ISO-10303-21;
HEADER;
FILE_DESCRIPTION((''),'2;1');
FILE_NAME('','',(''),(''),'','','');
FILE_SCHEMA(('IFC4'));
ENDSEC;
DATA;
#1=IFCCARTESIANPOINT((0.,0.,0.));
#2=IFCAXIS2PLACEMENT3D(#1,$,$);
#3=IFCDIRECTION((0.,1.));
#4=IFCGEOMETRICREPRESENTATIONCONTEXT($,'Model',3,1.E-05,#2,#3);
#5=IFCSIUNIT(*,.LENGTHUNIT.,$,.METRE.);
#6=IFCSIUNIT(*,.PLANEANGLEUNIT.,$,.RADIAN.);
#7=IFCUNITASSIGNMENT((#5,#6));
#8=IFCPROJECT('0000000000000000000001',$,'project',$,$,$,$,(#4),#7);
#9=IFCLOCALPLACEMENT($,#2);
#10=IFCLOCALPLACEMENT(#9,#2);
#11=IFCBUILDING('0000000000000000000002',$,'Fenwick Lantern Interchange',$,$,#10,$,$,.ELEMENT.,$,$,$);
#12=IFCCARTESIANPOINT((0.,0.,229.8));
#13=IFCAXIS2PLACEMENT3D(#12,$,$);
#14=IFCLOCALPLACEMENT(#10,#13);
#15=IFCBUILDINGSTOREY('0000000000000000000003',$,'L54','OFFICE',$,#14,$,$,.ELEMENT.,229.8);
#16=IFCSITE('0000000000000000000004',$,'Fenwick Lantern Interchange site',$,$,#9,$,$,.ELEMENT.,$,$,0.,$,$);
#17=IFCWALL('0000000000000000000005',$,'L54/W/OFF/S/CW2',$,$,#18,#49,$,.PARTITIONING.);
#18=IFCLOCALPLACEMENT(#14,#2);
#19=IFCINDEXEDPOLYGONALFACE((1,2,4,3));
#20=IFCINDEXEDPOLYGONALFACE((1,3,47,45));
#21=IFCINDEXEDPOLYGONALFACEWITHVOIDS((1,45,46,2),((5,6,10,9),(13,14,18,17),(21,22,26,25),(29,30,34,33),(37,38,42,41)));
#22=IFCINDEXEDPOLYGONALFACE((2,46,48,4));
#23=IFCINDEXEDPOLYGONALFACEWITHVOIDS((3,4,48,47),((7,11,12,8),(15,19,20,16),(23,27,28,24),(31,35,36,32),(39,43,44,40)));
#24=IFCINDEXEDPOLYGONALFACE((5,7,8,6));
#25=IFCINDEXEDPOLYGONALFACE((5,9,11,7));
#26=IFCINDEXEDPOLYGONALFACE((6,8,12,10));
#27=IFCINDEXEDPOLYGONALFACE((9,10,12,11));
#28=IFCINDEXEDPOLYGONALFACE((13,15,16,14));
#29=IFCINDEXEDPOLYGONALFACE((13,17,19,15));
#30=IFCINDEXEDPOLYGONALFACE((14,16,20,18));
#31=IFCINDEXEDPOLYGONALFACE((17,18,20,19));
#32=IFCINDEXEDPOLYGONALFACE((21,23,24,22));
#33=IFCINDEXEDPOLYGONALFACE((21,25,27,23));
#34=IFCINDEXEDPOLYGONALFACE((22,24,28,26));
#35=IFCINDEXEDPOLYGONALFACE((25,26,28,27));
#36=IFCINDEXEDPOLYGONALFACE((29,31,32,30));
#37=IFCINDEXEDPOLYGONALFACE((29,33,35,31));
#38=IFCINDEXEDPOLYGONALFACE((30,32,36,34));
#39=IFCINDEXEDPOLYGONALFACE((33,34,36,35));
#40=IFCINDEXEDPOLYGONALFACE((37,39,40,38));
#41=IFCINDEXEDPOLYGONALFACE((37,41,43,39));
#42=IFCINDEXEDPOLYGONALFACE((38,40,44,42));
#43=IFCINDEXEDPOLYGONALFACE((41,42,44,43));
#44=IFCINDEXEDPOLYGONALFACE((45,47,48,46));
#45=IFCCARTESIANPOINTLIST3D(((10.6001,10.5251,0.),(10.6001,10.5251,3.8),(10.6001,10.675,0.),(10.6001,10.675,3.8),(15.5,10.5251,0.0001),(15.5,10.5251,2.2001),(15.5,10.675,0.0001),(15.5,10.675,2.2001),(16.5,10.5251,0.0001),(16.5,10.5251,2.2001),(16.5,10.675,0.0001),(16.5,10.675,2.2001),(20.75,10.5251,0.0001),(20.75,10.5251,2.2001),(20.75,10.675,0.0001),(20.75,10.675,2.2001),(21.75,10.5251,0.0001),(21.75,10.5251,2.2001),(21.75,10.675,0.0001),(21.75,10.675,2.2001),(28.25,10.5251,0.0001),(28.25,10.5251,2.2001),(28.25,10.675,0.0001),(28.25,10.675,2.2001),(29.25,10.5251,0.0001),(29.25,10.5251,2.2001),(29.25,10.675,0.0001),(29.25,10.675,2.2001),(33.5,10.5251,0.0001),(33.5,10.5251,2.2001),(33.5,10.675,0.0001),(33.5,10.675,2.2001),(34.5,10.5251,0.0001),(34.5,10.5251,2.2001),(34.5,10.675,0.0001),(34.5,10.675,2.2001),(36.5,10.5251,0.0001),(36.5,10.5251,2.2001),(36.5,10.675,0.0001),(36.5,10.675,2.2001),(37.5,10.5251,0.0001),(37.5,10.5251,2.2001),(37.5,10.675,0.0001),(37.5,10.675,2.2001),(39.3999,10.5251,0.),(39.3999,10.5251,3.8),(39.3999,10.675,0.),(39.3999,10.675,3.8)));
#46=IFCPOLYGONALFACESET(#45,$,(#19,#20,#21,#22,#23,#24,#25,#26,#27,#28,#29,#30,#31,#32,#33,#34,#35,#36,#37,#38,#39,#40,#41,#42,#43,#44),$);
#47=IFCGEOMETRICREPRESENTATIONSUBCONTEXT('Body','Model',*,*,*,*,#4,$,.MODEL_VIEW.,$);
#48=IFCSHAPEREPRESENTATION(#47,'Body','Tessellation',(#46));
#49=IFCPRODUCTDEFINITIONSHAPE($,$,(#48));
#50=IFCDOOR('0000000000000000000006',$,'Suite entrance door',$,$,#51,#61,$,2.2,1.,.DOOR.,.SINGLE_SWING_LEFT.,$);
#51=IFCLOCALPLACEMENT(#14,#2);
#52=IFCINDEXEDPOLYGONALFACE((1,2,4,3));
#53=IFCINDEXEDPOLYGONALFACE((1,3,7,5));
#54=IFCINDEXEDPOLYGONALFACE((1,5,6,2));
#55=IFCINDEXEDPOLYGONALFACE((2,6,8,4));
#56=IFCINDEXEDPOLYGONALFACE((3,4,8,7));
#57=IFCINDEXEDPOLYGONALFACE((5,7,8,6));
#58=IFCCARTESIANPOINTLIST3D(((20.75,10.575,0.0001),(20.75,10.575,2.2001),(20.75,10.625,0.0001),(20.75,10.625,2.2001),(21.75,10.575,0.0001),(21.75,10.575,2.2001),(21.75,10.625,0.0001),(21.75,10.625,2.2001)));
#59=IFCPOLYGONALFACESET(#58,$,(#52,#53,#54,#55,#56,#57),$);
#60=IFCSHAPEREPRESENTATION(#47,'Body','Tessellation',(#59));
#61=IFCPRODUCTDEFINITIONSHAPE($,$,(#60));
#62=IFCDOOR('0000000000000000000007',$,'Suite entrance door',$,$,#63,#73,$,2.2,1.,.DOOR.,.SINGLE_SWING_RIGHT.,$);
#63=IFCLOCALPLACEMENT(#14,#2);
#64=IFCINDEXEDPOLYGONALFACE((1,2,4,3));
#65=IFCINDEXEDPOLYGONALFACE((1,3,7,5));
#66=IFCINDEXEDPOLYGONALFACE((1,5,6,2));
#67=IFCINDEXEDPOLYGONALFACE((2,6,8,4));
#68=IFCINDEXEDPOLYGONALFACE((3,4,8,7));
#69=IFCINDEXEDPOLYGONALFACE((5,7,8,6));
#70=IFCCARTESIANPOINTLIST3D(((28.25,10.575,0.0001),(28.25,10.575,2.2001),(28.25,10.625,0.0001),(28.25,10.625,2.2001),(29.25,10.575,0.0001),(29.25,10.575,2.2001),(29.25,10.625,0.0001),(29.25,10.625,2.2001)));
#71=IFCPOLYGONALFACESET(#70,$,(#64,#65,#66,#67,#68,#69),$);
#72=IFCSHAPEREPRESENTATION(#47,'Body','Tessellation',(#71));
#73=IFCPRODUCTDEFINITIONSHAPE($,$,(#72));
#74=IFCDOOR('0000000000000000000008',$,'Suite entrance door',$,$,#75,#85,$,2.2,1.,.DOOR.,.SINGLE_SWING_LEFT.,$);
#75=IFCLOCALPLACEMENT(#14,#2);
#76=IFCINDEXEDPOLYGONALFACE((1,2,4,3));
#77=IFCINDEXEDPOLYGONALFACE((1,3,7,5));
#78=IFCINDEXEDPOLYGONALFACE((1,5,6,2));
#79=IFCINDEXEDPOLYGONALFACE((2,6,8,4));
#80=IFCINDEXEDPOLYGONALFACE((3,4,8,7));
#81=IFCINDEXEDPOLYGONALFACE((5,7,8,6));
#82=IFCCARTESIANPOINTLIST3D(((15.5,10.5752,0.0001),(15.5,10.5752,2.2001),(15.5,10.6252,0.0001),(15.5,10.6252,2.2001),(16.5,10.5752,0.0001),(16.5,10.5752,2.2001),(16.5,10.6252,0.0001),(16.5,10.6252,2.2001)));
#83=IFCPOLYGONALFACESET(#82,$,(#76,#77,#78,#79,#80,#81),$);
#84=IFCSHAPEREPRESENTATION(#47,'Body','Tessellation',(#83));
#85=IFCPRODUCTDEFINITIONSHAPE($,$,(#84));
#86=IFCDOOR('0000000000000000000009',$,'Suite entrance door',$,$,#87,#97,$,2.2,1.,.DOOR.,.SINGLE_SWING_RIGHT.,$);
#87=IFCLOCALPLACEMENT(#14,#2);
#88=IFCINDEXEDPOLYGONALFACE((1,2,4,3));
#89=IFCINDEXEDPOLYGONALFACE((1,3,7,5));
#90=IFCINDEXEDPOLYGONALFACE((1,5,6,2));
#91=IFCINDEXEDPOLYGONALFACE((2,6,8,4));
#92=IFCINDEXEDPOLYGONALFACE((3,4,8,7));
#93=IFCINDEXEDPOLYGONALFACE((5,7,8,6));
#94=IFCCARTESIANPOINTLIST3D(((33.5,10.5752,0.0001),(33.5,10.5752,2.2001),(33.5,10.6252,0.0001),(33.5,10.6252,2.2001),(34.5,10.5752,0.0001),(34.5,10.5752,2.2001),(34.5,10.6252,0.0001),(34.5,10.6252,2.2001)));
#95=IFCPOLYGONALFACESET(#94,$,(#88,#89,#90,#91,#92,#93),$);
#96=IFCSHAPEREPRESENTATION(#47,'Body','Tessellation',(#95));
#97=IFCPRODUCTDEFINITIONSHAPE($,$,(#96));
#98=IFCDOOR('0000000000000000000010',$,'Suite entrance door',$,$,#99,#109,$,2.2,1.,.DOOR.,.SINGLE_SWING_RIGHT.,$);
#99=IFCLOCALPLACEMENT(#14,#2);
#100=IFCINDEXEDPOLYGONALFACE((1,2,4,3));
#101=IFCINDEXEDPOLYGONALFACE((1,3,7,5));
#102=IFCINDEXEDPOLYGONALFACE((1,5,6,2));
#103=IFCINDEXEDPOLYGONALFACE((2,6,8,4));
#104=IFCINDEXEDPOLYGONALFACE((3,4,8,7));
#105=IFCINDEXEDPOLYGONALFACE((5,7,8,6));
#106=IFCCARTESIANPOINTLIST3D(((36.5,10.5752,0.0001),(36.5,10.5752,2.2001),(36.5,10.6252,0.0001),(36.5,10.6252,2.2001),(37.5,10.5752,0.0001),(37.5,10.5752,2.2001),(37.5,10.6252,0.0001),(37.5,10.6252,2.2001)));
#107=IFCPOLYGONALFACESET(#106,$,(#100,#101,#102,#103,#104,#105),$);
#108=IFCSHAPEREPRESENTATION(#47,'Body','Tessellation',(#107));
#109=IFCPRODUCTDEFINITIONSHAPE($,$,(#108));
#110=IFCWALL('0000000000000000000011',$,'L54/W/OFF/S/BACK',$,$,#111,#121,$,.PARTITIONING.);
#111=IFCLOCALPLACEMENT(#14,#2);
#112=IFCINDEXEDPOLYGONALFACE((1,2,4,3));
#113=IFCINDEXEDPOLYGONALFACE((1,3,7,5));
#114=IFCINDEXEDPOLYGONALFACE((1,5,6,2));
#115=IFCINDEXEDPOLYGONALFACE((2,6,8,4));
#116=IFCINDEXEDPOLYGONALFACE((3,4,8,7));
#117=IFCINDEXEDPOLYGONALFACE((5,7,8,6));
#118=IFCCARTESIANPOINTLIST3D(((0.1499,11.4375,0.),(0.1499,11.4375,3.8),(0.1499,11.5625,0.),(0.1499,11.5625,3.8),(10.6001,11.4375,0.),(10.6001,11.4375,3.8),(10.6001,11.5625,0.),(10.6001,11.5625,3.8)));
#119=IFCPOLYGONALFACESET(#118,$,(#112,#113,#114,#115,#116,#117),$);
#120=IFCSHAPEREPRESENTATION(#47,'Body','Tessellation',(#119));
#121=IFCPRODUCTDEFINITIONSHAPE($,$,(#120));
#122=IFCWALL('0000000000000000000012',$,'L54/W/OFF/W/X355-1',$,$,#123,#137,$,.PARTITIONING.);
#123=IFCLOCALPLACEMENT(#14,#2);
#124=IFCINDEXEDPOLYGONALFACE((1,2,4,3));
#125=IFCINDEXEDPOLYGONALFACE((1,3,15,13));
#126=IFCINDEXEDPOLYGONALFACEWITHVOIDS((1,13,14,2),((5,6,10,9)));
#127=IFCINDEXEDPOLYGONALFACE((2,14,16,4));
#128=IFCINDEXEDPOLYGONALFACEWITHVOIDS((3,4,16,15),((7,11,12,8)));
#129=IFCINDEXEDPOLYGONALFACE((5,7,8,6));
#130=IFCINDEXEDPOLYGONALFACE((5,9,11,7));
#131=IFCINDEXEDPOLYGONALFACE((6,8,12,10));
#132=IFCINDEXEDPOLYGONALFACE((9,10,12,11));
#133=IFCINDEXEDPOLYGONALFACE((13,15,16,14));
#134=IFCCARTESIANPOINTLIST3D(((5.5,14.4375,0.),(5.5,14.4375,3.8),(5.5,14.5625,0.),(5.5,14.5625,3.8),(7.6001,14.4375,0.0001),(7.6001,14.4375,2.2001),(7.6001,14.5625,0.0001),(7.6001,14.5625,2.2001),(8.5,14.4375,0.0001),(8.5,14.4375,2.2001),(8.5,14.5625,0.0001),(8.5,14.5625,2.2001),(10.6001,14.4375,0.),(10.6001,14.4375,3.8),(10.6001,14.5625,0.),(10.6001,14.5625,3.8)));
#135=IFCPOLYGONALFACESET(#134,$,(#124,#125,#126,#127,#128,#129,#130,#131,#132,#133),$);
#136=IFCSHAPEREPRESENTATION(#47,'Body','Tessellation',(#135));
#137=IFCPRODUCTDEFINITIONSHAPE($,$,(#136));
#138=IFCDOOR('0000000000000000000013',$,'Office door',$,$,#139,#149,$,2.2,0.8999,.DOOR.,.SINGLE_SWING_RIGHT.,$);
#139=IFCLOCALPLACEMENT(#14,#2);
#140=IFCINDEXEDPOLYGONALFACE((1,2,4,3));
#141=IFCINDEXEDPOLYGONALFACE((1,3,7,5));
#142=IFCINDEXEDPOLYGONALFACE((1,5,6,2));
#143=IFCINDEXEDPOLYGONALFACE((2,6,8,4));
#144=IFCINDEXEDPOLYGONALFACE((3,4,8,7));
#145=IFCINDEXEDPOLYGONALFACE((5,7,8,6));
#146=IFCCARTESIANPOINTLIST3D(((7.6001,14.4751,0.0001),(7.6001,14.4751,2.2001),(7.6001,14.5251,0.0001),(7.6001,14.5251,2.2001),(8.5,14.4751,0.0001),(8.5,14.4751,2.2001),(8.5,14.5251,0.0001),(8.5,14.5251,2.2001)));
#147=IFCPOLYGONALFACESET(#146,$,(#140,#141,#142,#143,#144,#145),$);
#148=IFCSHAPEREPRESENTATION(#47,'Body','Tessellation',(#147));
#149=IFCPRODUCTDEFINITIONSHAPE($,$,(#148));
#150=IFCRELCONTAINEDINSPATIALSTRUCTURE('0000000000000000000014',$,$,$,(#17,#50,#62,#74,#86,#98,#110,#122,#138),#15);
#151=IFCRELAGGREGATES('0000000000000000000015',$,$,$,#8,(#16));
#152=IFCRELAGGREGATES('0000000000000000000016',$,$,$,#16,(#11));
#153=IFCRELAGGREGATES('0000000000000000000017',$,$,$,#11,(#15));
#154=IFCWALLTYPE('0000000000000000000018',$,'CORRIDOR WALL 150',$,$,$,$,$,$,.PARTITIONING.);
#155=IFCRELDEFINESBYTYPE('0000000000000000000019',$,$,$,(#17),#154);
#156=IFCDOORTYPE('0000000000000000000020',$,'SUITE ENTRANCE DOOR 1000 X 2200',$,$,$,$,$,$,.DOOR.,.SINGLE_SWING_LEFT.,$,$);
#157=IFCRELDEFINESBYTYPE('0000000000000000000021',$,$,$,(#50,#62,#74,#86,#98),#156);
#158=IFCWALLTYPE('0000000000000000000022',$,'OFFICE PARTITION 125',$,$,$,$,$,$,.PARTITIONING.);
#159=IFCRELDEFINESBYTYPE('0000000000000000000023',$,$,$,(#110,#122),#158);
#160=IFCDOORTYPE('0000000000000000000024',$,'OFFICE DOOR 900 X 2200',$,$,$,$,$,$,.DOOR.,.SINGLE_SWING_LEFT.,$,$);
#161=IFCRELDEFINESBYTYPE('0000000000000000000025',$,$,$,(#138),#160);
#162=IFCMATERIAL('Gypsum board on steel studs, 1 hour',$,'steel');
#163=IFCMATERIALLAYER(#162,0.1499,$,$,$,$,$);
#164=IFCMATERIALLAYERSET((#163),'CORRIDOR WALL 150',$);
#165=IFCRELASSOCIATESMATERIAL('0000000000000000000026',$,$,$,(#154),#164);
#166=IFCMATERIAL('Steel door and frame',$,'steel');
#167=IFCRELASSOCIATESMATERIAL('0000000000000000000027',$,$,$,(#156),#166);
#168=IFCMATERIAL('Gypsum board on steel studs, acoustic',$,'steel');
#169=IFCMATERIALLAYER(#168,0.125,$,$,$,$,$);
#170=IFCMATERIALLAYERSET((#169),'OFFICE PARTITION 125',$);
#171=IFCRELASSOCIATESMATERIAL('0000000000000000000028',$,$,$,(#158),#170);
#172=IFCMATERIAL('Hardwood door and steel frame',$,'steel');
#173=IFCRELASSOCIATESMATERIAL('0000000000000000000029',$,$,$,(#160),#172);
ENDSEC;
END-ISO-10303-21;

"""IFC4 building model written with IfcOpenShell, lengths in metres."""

from ifc_helpers import new_model, si_unit, direction, frame, frame_2d, origin, place, context, subcontext, project, spatial, rectangle, extrude, material, layer, layer_set, type_object, element, fill, save


model = new_model("IFC4")

# Units and contexts
model_context = context("Model", 3, precision=1e-05, world=origin(), true_north=direction((0.0, 1.0)))
body_context = subcontext(model_context, "Body", "Model", "MODEL_VIEW")
ifc_project = project(units=[si_unit("LENGTHUNIT", "METRE"), si_unit("PLANEANGLEUNIT", "RADIAN")], contexts=[model_context])

# Site, building, storey
site_placement = place(None, origin())
site = spatial("IfcSite", under=ifc_project, at=site_placement, Name="Fenwick Lantern Interchange site", CompositionType="ELEMENT", RefElevation=0.0)
building_placement = place(site_placement, origin())
building = spatial("IfcBuilding", under=site, at=building_placement, Name="Fenwick Lantern Interchange", CompositionType="ELEMENT")
storey_placement = place(building_placement, frame((0.0, 0.0, 229.8)))
storey = spatial("IfcBuildingStorey", under=building, at=storey_placement, Name="L54", Description="OFFICE", CompositionType="ELEMENT", Elevation=229.8)

# Wall, openings, doors
ifc_material_1 = material(Name="Gypsum board on steel studs, 1 hour", Category="steel")
ifc_layer_1 = layer(ifc_material_1, 0.1499)
ifc_layer_set_1 = layer_set([ifc_layer_1], Name="CORRIDOR WALL 150")
wall_type_1 = type_object("IfcWallType", Name="CORRIDOR WALL 150", PredefinedType="PARTITIONING", material=ifc_layer_set_1)
wall_1_placement = place(storey_placement, frame((10.6001, 10.6001, 0.0), z_axis=(0.0, 0.0, 1.0), x_axis=(1.0, 0.0, 0.0)))
wall_1 = element("IfcWall", 1, at=wall_1_placement, inside=storey, type_object=wall_type_1, Name="L54/W/OFF/S/CW2", PredefinedType="PARTITIONING", context=body_context, shape_type="SweptSolid", body=[
    extrude(rectangle(XDim=28.7998, YDim=0.1499, at=frame_2d((14.3999, 0.0))), origin(), (0.0, 0.0, 1.0), 3.8),
])
opening_1_placement = place(wall_1_placement, frame((10.1499, 0.0, 0.0)))
opening_1 = element("IfcOpeningElement", 2, at=opening_1_placement, cuts=wall_1, PredefinedType="OPENING", context=body_context, shape_type="SweptSolid", body=[
    extrude(rectangle(XDim=1.0, YDim=2.2, at=frame_2d((0.5, 1.1001))), frame((0.0, 0.085, 0.0), z_axis=(0.0, -1.0, 0.0), x_axis=(1.0, 0.0, 0.0)), (0.0, 0.0, 1.0), 0.1699),
])
opening_2_placement = place(wall_1_placement, frame((17.6499, 0.0, 0.0)))
opening_2 = element("IfcOpeningElement", 3, at=opening_2_placement, cuts=wall_1, PredefinedType="OPENING", context=body_context, shape_type="SweptSolid", body=[
    extrude(rectangle(XDim=1.0, YDim=2.2, at=frame_2d((0.5, 1.1001))), frame((0.0, 0.085, 0.0), z_axis=(0.0, -1.0, 0.0), x_axis=(1.0, 0.0, 0.0)), (0.0, 0.0, 1.0), 0.1699),
])
opening_3_placement = place(wall_1_placement, frame((4.8999, 0.0, 0.0)))
opening_3 = element("IfcOpeningElement", 4, at=opening_3_placement, cuts=wall_1, PredefinedType="OPENING", context=body_context, shape_type="SweptSolid", body=[
    extrude(rectangle(XDim=1.0, YDim=2.2, at=frame_2d((0.5, 1.1001))), frame((0.0, 0.085, 0.0), z_axis=(0.0, -1.0, 0.0), x_axis=(1.0, 0.0, 0.0)), (0.0, 0.0, 1.0), 0.1699),
])
opening_4_placement = place(wall_1_placement, frame((22.8999, 0.0, 0.0)))
opening_4 = element("IfcOpeningElement", 5, at=opening_4_placement, cuts=wall_1, PredefinedType="OPENING", context=body_context, shape_type="SweptSolid", body=[
    extrude(rectangle(XDim=1.0, YDim=2.2, at=frame_2d((0.5, 1.1001))), frame((0.0, 0.085, 0.0), z_axis=(0.0, -1.0, 0.0), x_axis=(1.0, 0.0, 0.0)), (0.0, 0.0, 1.0), 0.1699),
])
opening_5_placement = place(wall_1_placement, frame((25.8999, 0.0, 0.0)))
opening_5 = element("IfcOpeningElement", 6, at=opening_5_placement, cuts=wall_1, PredefinedType="OPENING", context=body_context, shape_type="SweptSolid", body=[
    extrude(rectangle(XDim=1.0, YDim=2.2, at=frame_2d((0.5, 1.1001))), frame((0.0, 0.085, 0.0), z_axis=(0.0, -1.0, 0.0), x_axis=(1.0, 0.0, 0.0)), (0.0, 0.0, 1.0), 0.1699),
])
ifc_material_2 = material(Name="Steel door and frame", Category="steel")
door_type_1 = type_object("IfcDoorType", Name="SUITE ENTRANCE DOOR 1000 X 2200", OperationType="SINGLE_SWING_LEFT", PredefinedType="DOOR", material=ifc_material_2)
door_1_placement = place(opening_1_placement, origin())
door_1 = element("IfcDoor", 7, at=door_1_placement, inside=storey, type_object=door_type_1, Name="Suite entrance door", OperationType="SINGLE_SWING_LEFT", OverallHeight=2.2, OverallWidth=1.0, PredefinedType="DOOR", context=body_context, shape_type="SweptSolid", body=[
    extrude(rectangle(XDim=1.0, YDim=2.2, at=frame_2d((0.5, 1.1001))), frame((0.0, 0.0249, 0.0), z_axis=(0.0, -1.0, 0.0), x_axis=(1.0, 0.0, 0.0)), (0.0, 0.0, 1.0), 0.05),
])
fill(opening_1, door_1)
door_2_placement = place(opening_2_placement, origin())
door_2 = element("IfcDoor", 8, at=door_2_placement, inside=storey, type_object=door_type_1, Name="Suite entrance door", OperationType="SINGLE_SWING_RIGHT", OverallHeight=2.2, OverallWidth=1.0, PredefinedType="DOOR", context=body_context, shape_type="SweptSolid", body=[
    extrude(rectangle(XDim=1.0, YDim=2.2, at=frame_2d((0.5, 1.1001))), frame((0.0, 0.0249, 0.0), z_axis=(0.0, -1.0, 0.0), x_axis=(1.0, 0.0, 0.0)), (0.0, 0.0, 1.0), 0.05),
])
fill(opening_2, door_2)
door_3_placement = place(opening_3_placement, frame((1.0, 0.0, 0.0), z_axis=(0.0, 0.0, 1.0), x_axis=(-1.0, 0.0, 0.0)))
door_3 = element("IfcDoor", 9, at=door_3_placement, inside=storey, type_object=door_type_1, Name="Suite entrance door", OperationType="SINGLE_SWING_LEFT", OverallHeight=2.2, OverallWidth=1.0, PredefinedType="DOOR", context=body_context, shape_type="SweptSolid", body=[
    extrude(rectangle(XDim=1.0, YDim=2.2, at=frame_2d((0.5, 1.1001))), frame((0.0, 0.0249, 0.0), z_axis=(0.0, -1.0, 0.0), x_axis=(1.0, 0.0, 0.0)), (0.0, 0.0, 1.0), 0.05),
])
fill(opening_3, door_3)
door_4_placement = place(opening_4_placement, frame((1.0, 0.0, 0.0), z_axis=(0.0, 0.0, 1.0), x_axis=(-1.0, 0.0, 0.0)))
door_4 = element("IfcDoor", 10, at=door_4_placement, inside=storey, type_object=door_type_1, Name="Suite entrance door", OperationType="SINGLE_SWING_RIGHT", OverallHeight=2.2, OverallWidth=1.0, PredefinedType="DOOR", context=body_context, shape_type="SweptSolid", body=[
    extrude(rectangle(XDim=1.0, YDim=2.2, at=frame_2d((0.5, 1.1001))), frame((0.0, 0.0249, 0.0), z_axis=(0.0, -1.0, 0.0), x_axis=(1.0, 0.0, 0.0)), (0.0, 0.0, 1.0), 0.05),
])
fill(opening_4, door_4)
door_5_placement = place(opening_5_placement, frame((1.0, 0.0, 0.0), z_axis=(0.0, 0.0, 1.0), x_axis=(-1.0, 0.0, 0.0)))
door_5 = element("IfcDoor", 11, at=door_5_placement, inside=storey, type_object=door_type_1, Name="Suite entrance door", OperationType="SINGLE_SWING_RIGHT", OverallHeight=2.2, OverallWidth=1.0, PredefinedType="DOOR", context=body_context, shape_type="SweptSolid", body=[
    extrude(rectangle(XDim=1.0, YDim=2.2, at=frame_2d((0.5, 1.1001))), frame((0.0, 0.0249, 0.0), z_axis=(0.0, -1.0, 0.0), x_axis=(1.0, 0.0, 0.0)), (0.0, 0.0, 1.0), 0.05),
])
fill(opening_5, door_5)

# Wall
ifc_material_3 = material(Name="Gypsum board on steel studs, acoustic", Category="steel")
ifc_layer_2 = layer(ifc_material_3, 0.125)
ifc_layer_set_2 = layer_set([ifc_layer_2], Name="OFFICE PARTITION 125")
wall_type_2 = type_object("IfcWallType", Name="OFFICE PARTITION 125", PredefinedType="PARTITIONING", material=ifc_layer_set_2)
wall_2_placement = place(storey_placement, frame((0.1499, 11.5, 0.0), z_axis=(0.0, 0.0, 1.0), x_axis=(1.0, 0.0, 0.0)))
element("IfcWall", 12, at=wall_2_placement, inside=storey, type_object=wall_type_2, Name="L54/W/OFF/S/BACK", PredefinedType="PARTITIONING", context=body_context, shape_type="SweptSolid", body=[
    extrude(rectangle(XDim=10.4502, YDim=0.125, at=frame_2d((5.2251, 0.0))), origin(), (0.0, 0.0, 1.0), 3.8),
])

# Wall, opening, door
wall_3_placement = place(storey_placement, frame((5.5, 14.5, 0.0), z_axis=(0.0, 0.0, 1.0), x_axis=(1.0, 0.0, 0.0)))
wall_3 = element("IfcWall", 13, at=wall_3_placement, inside=storey, type_object=wall_type_2, Name="L54/W/OFF/W/X355-1", PredefinedType="PARTITIONING", context=body_context, shape_type="SweptSolid", body=[
    extrude(rectangle(XDim=5.1001, YDim=0.125, at=frame_2d((2.55, 0.0))), origin(), (0.0, 0.0, 1.0), 3.8),
])
opening_6_placement = place(wall_3_placement, frame((2.1001, 0.0, 0.0)))
opening_6 = element("IfcOpeningElement", 14, at=opening_6_placement, cuts=wall_3, PredefinedType="OPENING", context=body_context, shape_type="SweptSolid", body=[
    extrude(rectangle(XDim=0.8999, YDim=2.2, at=frame_2d((0.45, 1.1001))), frame((0.0, 0.0725, 0.0), z_axis=(0.0, -1.0, 0.0), x_axis=(1.0, 0.0, 0.0)), (0.0, 0.0, 1.0), 0.145),
])
ifc_material_4 = material(Name="Hardwood door and steel frame", Category="steel")
door_type_2 = type_object("IfcDoorType", Name="OFFICE DOOR 900 X 2200", OperationType="SINGLE_SWING_LEFT", PredefinedType="DOOR", material=ifc_material_4)
door_6_placement = place(opening_6_placement, frame((0.8999, 0.0, 0.0), z_axis=(0.0, 0.0, 1.0), x_axis=(-1.0, 0.0, 0.0)))
door_6 = element("IfcDoor", 15, at=door_6_placement, inside=storey, type_object=door_type_2, Name="Office door", OperationType="SINGLE_SWING_RIGHT", OverallHeight=2.2, OverallWidth=0.8999, PredefinedType="DOOR", context=body_context, shape_type="SweptSolid", body=[
    extrude(rectangle(XDim=0.8999, YDim=2.2, at=frame_2d((0.45, 1.1001))), frame((0.0, 0.0249, 0.0), z_axis=(0.0, -1.0, 0.0), x_axis=(1.0, 0.0, 0.0)), (0.0, 0.0, 1.0), 0.05),
])
fill(opening_6, door_6)

save(model, "model.ifc")
